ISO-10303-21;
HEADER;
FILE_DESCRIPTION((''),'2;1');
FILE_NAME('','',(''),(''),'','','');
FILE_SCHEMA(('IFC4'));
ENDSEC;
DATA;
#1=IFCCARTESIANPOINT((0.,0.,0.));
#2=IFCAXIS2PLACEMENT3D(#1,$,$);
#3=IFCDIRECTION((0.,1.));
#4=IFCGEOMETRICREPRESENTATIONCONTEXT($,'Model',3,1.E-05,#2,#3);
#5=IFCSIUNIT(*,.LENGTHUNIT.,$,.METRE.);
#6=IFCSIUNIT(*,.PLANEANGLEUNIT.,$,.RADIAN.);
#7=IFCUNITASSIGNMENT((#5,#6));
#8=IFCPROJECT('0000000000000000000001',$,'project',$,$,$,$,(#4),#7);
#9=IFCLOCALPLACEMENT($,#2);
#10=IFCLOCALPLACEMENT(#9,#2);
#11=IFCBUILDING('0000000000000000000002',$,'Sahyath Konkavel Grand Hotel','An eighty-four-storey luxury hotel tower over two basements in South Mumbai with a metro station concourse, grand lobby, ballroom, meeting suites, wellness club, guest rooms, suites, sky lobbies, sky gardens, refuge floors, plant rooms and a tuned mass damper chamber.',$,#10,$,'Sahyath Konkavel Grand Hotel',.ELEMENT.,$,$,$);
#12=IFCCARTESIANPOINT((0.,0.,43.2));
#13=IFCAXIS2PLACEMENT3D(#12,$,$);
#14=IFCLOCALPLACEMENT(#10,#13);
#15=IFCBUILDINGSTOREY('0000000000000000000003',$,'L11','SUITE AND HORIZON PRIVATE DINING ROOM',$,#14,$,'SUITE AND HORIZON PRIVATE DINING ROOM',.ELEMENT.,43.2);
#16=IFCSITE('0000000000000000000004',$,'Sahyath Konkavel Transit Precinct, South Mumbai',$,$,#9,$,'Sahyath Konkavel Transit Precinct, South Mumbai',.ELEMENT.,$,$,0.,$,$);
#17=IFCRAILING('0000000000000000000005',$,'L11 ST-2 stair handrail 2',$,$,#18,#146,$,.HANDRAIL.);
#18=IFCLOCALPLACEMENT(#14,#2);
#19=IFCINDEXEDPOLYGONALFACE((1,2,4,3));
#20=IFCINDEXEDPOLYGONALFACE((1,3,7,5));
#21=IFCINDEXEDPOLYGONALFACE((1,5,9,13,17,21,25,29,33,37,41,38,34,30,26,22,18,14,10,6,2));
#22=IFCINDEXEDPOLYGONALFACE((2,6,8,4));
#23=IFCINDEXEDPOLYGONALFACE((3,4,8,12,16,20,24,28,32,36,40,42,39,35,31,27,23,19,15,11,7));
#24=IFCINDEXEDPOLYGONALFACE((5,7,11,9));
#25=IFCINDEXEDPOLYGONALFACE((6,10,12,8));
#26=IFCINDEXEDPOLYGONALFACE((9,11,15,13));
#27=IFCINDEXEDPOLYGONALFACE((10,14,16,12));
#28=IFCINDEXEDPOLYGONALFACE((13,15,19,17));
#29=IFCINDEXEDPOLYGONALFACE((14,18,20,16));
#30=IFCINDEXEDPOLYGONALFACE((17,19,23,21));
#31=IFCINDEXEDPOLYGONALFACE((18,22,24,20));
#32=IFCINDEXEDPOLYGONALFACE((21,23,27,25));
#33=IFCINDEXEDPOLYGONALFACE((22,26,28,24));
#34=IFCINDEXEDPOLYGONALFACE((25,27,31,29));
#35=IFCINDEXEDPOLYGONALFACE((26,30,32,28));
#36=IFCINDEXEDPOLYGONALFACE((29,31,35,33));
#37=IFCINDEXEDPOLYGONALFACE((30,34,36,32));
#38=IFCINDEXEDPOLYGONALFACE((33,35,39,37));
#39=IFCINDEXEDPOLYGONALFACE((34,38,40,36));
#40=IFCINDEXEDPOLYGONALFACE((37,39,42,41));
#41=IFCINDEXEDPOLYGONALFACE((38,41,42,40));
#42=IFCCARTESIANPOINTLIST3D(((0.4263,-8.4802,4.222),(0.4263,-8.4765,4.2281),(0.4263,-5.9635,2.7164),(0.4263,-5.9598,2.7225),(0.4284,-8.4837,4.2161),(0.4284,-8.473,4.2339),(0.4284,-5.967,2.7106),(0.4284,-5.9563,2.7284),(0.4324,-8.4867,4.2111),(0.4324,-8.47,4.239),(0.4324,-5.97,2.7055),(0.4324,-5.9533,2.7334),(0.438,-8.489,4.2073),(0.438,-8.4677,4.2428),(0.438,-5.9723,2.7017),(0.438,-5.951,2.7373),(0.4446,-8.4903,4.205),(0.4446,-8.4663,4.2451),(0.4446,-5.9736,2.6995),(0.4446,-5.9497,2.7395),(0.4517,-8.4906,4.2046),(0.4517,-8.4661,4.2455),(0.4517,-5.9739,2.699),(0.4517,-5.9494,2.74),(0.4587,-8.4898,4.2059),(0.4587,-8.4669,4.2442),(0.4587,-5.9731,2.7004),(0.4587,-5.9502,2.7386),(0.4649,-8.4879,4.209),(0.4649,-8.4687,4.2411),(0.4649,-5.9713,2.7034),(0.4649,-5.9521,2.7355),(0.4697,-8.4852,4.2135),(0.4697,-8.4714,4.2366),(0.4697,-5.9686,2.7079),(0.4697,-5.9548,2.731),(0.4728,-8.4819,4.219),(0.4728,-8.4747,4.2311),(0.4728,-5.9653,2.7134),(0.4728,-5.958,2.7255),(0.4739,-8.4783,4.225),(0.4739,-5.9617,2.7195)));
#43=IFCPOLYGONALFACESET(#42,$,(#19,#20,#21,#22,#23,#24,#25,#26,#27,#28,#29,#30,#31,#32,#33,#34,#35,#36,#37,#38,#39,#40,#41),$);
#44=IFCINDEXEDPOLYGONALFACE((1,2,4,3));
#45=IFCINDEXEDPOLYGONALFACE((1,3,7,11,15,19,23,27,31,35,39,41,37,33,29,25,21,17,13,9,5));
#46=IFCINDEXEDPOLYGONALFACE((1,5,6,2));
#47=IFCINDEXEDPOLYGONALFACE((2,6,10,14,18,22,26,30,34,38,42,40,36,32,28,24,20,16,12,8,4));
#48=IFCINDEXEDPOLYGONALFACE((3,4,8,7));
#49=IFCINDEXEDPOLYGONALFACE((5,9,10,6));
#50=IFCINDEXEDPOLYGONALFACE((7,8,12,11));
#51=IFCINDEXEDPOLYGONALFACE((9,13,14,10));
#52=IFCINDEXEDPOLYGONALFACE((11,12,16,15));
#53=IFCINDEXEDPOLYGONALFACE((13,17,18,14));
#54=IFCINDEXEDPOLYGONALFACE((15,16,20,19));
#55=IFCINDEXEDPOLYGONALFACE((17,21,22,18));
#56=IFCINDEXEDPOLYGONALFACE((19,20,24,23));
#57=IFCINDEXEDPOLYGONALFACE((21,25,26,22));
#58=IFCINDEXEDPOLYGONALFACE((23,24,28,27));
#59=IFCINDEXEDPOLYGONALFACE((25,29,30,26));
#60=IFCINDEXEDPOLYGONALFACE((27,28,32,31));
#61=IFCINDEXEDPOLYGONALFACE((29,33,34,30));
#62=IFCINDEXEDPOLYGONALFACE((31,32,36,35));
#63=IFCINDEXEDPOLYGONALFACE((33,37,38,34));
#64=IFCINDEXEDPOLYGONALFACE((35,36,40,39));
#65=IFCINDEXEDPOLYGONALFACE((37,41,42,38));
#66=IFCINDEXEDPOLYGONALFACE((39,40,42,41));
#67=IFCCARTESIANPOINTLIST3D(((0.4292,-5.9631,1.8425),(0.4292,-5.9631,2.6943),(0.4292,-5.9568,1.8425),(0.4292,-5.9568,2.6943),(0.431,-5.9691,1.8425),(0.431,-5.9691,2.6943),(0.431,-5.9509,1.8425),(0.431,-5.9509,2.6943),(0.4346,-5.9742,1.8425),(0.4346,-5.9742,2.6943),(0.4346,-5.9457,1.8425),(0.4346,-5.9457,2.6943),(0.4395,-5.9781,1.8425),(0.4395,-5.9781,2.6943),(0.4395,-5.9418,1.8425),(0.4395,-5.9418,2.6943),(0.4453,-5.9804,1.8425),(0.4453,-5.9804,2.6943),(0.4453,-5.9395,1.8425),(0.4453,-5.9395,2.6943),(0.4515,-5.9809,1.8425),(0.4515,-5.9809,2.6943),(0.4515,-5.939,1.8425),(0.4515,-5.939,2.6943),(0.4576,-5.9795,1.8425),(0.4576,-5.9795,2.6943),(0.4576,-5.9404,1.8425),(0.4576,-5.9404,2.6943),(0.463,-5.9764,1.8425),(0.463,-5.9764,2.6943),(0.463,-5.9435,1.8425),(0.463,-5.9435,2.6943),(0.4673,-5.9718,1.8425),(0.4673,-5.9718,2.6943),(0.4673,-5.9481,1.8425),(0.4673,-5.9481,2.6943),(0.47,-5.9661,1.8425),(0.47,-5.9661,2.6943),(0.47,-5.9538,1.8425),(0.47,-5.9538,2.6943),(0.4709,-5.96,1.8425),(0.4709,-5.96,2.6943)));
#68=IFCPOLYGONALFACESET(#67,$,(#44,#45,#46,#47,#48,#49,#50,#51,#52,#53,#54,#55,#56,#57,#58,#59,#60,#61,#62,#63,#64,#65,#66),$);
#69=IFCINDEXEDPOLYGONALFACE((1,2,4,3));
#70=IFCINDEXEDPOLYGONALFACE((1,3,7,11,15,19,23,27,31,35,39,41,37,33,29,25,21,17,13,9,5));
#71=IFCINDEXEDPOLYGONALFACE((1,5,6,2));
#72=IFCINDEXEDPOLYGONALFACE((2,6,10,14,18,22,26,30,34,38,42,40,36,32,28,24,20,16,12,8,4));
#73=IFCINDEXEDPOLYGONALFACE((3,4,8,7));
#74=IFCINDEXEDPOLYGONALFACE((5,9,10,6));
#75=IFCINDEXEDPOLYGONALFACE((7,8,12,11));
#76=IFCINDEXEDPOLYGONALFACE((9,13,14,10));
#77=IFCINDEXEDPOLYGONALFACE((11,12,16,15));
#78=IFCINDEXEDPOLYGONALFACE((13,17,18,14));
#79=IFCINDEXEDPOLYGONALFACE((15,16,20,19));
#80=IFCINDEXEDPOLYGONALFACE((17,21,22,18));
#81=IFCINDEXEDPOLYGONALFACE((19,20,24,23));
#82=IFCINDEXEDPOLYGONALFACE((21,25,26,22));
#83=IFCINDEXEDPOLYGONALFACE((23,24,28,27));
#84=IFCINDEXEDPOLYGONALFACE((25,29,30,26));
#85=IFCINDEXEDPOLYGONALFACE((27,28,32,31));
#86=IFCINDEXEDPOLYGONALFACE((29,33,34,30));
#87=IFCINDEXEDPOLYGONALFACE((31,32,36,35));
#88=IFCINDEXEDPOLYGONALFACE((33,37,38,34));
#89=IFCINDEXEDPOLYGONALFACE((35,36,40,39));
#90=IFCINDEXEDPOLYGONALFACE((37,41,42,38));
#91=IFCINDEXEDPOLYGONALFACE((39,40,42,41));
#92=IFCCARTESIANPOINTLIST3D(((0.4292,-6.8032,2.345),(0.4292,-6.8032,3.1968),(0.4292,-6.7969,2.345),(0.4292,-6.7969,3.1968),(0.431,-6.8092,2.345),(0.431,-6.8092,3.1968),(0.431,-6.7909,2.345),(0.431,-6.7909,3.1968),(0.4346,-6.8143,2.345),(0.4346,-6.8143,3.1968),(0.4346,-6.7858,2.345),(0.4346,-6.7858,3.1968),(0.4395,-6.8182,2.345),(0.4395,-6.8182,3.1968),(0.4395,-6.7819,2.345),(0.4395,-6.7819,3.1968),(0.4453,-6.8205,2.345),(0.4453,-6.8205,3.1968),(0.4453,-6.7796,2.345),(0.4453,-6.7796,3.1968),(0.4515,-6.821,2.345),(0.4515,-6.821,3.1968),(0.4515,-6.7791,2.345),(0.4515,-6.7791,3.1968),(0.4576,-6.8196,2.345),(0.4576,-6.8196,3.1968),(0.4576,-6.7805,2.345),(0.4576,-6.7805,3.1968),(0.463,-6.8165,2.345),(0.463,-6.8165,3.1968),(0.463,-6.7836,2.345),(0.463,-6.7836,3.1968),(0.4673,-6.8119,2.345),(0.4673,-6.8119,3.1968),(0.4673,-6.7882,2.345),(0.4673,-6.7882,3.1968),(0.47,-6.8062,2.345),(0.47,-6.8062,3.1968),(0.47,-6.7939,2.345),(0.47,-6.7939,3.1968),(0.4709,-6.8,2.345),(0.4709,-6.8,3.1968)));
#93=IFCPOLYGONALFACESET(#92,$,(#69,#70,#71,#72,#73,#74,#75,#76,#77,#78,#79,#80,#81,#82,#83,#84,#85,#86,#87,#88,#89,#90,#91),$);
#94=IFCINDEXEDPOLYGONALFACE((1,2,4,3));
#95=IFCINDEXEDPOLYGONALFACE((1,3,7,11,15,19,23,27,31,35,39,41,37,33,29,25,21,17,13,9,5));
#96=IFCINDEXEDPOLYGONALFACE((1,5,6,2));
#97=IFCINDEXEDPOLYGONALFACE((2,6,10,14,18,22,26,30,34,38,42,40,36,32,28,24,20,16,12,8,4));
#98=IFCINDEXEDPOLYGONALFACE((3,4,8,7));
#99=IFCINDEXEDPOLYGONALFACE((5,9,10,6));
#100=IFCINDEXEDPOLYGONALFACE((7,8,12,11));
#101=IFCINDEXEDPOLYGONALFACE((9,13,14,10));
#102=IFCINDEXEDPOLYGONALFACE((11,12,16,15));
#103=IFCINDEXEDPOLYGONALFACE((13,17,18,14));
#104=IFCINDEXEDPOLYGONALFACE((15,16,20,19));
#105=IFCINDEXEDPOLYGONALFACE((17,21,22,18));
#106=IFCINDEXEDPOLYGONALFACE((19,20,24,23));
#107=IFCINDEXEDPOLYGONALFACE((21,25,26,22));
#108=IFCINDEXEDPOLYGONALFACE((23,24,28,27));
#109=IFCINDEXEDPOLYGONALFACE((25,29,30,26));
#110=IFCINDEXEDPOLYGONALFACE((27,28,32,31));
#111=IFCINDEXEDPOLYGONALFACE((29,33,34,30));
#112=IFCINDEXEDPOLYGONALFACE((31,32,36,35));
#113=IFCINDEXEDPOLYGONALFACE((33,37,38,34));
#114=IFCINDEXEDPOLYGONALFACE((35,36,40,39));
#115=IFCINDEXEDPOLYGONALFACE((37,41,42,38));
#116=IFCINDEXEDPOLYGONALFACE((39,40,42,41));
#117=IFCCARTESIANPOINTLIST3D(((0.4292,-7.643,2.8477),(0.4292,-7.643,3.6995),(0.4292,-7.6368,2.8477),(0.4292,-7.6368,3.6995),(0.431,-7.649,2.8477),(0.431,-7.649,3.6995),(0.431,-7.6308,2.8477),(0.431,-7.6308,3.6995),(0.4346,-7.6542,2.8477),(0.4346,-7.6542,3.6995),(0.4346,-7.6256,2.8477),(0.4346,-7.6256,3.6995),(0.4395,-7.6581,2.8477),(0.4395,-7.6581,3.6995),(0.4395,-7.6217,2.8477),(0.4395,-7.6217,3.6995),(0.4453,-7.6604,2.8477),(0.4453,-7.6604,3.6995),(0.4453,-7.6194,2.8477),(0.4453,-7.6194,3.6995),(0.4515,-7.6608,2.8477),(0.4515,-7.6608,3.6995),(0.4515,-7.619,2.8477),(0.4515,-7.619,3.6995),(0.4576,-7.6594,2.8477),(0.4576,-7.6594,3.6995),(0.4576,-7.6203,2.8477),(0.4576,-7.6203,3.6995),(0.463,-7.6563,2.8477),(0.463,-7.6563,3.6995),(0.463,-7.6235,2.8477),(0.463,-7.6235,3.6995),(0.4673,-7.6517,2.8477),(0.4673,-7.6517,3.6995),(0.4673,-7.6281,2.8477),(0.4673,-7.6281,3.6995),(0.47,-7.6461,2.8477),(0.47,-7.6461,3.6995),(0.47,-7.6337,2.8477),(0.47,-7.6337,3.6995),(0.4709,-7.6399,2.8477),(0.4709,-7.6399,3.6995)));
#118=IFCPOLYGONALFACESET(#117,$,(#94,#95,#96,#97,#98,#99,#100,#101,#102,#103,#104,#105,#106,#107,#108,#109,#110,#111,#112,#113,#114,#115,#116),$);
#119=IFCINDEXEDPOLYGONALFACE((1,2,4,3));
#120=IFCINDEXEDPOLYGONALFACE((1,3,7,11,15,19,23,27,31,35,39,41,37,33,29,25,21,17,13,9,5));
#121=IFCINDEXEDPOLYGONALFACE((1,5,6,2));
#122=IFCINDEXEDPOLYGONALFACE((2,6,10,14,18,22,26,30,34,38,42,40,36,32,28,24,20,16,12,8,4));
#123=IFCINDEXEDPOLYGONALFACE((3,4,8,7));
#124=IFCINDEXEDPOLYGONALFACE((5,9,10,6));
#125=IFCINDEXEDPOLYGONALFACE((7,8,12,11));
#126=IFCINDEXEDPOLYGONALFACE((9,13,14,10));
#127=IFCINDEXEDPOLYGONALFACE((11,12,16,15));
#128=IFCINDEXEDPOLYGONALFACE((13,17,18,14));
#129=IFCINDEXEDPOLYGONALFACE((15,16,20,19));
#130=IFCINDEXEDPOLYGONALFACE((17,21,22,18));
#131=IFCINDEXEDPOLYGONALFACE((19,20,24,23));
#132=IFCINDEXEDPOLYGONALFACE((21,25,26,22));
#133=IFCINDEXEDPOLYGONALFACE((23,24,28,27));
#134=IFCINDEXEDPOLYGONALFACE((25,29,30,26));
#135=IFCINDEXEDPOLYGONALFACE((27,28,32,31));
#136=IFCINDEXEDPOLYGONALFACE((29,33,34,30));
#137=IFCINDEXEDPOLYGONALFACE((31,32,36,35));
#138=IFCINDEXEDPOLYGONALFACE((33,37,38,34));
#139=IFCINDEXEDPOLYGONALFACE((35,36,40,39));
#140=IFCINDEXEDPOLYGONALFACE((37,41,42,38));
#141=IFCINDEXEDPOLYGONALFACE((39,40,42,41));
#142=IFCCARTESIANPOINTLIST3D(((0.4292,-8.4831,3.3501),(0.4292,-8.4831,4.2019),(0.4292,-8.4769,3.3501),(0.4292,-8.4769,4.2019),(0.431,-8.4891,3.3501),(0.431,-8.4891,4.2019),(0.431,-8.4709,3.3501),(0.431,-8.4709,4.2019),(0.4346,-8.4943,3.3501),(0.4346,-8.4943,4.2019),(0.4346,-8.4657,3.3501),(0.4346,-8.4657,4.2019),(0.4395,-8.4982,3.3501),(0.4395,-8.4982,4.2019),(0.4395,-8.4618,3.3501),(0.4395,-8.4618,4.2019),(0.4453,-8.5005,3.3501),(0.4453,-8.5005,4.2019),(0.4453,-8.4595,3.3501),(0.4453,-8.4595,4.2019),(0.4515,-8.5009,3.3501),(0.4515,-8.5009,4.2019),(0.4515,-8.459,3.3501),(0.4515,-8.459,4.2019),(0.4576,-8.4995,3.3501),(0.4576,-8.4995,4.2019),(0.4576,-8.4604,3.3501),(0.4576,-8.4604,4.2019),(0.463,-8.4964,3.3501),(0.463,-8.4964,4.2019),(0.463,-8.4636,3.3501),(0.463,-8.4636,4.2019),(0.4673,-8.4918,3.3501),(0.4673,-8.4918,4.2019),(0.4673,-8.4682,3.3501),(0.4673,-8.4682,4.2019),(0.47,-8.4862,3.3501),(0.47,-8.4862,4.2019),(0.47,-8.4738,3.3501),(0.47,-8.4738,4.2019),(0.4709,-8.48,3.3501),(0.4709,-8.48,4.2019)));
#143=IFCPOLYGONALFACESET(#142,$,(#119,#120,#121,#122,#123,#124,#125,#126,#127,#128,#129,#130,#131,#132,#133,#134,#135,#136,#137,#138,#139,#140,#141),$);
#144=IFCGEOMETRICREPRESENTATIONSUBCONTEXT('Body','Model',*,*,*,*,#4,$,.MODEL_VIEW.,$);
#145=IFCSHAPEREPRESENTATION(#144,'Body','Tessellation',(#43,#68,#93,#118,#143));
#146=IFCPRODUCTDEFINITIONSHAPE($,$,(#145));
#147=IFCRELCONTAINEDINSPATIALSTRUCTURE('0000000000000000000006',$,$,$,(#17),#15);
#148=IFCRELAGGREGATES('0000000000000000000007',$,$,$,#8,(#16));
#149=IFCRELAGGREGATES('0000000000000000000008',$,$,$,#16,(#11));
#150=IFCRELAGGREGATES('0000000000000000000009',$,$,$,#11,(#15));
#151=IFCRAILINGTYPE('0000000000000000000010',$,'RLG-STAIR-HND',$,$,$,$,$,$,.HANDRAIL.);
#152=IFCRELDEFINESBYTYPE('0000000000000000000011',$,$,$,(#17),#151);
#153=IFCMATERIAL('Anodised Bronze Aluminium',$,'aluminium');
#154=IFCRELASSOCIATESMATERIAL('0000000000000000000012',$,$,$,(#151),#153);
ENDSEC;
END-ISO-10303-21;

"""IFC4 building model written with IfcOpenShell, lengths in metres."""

from ifc_helpers import new_model, si_unit, direction, frame, origin, origin_2d, place, context, subcontext, project, spatial, circle, extrude, material, type_object, element, save


model = new_model("IFC4")

# Units and contexts
model_context = context("Model", 3, precision=1e-05, world=origin(), true_north=direction((0.0, 1.0)))
body_context = subcontext(model_context, "Body", "Model", "MODEL_VIEW")
ifc_project = project(units=[si_unit("LENGTHUNIT", "METRE"), si_unit("PLANEANGLEUNIT", "RADIAN")], contexts=[model_context])

# Site, building, storey
site_placement = place(None, origin())
site = spatial("IfcSite", under=ifc_project, at=site_placement, Name="Sahyath Konkavel Transit Precinct, South Mumbai", LongName="Sahyath Konkavel Transit Precinct, South Mumbai", CompositionType="ELEMENT", RefElevation=0.0)
building_placement = place(site_placement, origin())
building = spatial("IfcBuilding", under=site, at=building_placement, Name="Sahyath Konkavel Grand Hotel", Description="An eighty-four-storey luxury hotel tower over two basements in South Mumbai with a metro station concourse, grand lobby, ballroom, meeting suites, wellness club, guest rooms, suites, sky lobbies, sky gardens, refuge floors, plant rooms and a tuned mass damper chamber.", LongName="Sahyath Konkavel Grand Hotel", CompositionType="ELEMENT")
storey_placement = place(building_placement, frame((0.0, 0.0, 43.2)))
storey = spatial("IfcBuildingStorey", under=building, at=storey_placement, Name="L11", Description="SUITE AND HORIZON PRIVATE DINING ROOM", LongName="SUITE AND HORIZON PRIVATE DINING ROOM", CompositionType="ELEMENT", Elevation=43.2)

# Railing
ifc_material_1 = material(Name="Anodised Bronze Aluminium", Category="aluminium")
railing_type_1 = type_object("IfcRailingType", Name="RLG-STAIR-HND", PredefinedType="HANDRAIL", material=ifc_material_1)
railing_1_placement = place(storey_placement, frame((0.45, -5.96, 1.8425)))
element("IfcRailing", 1, at=railing_1_placement, inside=storey, type_object=railing_type_1, Name="L11 ST-2 stair handrail 2", PredefinedType="HANDRAIL", context=body_context, shape_type="SweptSolid", body=[
    extrude(circle(Radius=0.0239, at=origin_2d()), frame((0.0, -0.0017, 0.877), z_axis=(0.0, -0.85816, 0.513383), x_axis=(1.0, 0.0, 0.0)), (0.0, 0.0, 1.0), 2.9326),
    extrude(circle(Radius=0.021, at=origin_2d()), origin(), (0.0, 0.0, 1.0), 0.8518),
    extrude(circle(Radius=0.021, at=origin_2d()), frame((0.0, -0.8401, 0.5024)), (0.0, 0.0, 1.0), 0.8518),
    extrude(circle(Radius=0.021, at=origin_2d()), frame((0.0, -1.6799, 1.0051)), (0.0, 0.0, 1.0), 0.8518),
    extrude(circle(Radius=0.021, at=origin_2d()), frame((0.0, -2.52, 1.5076)), (0.0, 0.0, 1.0), 0.8518),
])

save(model, "model.ifc")
